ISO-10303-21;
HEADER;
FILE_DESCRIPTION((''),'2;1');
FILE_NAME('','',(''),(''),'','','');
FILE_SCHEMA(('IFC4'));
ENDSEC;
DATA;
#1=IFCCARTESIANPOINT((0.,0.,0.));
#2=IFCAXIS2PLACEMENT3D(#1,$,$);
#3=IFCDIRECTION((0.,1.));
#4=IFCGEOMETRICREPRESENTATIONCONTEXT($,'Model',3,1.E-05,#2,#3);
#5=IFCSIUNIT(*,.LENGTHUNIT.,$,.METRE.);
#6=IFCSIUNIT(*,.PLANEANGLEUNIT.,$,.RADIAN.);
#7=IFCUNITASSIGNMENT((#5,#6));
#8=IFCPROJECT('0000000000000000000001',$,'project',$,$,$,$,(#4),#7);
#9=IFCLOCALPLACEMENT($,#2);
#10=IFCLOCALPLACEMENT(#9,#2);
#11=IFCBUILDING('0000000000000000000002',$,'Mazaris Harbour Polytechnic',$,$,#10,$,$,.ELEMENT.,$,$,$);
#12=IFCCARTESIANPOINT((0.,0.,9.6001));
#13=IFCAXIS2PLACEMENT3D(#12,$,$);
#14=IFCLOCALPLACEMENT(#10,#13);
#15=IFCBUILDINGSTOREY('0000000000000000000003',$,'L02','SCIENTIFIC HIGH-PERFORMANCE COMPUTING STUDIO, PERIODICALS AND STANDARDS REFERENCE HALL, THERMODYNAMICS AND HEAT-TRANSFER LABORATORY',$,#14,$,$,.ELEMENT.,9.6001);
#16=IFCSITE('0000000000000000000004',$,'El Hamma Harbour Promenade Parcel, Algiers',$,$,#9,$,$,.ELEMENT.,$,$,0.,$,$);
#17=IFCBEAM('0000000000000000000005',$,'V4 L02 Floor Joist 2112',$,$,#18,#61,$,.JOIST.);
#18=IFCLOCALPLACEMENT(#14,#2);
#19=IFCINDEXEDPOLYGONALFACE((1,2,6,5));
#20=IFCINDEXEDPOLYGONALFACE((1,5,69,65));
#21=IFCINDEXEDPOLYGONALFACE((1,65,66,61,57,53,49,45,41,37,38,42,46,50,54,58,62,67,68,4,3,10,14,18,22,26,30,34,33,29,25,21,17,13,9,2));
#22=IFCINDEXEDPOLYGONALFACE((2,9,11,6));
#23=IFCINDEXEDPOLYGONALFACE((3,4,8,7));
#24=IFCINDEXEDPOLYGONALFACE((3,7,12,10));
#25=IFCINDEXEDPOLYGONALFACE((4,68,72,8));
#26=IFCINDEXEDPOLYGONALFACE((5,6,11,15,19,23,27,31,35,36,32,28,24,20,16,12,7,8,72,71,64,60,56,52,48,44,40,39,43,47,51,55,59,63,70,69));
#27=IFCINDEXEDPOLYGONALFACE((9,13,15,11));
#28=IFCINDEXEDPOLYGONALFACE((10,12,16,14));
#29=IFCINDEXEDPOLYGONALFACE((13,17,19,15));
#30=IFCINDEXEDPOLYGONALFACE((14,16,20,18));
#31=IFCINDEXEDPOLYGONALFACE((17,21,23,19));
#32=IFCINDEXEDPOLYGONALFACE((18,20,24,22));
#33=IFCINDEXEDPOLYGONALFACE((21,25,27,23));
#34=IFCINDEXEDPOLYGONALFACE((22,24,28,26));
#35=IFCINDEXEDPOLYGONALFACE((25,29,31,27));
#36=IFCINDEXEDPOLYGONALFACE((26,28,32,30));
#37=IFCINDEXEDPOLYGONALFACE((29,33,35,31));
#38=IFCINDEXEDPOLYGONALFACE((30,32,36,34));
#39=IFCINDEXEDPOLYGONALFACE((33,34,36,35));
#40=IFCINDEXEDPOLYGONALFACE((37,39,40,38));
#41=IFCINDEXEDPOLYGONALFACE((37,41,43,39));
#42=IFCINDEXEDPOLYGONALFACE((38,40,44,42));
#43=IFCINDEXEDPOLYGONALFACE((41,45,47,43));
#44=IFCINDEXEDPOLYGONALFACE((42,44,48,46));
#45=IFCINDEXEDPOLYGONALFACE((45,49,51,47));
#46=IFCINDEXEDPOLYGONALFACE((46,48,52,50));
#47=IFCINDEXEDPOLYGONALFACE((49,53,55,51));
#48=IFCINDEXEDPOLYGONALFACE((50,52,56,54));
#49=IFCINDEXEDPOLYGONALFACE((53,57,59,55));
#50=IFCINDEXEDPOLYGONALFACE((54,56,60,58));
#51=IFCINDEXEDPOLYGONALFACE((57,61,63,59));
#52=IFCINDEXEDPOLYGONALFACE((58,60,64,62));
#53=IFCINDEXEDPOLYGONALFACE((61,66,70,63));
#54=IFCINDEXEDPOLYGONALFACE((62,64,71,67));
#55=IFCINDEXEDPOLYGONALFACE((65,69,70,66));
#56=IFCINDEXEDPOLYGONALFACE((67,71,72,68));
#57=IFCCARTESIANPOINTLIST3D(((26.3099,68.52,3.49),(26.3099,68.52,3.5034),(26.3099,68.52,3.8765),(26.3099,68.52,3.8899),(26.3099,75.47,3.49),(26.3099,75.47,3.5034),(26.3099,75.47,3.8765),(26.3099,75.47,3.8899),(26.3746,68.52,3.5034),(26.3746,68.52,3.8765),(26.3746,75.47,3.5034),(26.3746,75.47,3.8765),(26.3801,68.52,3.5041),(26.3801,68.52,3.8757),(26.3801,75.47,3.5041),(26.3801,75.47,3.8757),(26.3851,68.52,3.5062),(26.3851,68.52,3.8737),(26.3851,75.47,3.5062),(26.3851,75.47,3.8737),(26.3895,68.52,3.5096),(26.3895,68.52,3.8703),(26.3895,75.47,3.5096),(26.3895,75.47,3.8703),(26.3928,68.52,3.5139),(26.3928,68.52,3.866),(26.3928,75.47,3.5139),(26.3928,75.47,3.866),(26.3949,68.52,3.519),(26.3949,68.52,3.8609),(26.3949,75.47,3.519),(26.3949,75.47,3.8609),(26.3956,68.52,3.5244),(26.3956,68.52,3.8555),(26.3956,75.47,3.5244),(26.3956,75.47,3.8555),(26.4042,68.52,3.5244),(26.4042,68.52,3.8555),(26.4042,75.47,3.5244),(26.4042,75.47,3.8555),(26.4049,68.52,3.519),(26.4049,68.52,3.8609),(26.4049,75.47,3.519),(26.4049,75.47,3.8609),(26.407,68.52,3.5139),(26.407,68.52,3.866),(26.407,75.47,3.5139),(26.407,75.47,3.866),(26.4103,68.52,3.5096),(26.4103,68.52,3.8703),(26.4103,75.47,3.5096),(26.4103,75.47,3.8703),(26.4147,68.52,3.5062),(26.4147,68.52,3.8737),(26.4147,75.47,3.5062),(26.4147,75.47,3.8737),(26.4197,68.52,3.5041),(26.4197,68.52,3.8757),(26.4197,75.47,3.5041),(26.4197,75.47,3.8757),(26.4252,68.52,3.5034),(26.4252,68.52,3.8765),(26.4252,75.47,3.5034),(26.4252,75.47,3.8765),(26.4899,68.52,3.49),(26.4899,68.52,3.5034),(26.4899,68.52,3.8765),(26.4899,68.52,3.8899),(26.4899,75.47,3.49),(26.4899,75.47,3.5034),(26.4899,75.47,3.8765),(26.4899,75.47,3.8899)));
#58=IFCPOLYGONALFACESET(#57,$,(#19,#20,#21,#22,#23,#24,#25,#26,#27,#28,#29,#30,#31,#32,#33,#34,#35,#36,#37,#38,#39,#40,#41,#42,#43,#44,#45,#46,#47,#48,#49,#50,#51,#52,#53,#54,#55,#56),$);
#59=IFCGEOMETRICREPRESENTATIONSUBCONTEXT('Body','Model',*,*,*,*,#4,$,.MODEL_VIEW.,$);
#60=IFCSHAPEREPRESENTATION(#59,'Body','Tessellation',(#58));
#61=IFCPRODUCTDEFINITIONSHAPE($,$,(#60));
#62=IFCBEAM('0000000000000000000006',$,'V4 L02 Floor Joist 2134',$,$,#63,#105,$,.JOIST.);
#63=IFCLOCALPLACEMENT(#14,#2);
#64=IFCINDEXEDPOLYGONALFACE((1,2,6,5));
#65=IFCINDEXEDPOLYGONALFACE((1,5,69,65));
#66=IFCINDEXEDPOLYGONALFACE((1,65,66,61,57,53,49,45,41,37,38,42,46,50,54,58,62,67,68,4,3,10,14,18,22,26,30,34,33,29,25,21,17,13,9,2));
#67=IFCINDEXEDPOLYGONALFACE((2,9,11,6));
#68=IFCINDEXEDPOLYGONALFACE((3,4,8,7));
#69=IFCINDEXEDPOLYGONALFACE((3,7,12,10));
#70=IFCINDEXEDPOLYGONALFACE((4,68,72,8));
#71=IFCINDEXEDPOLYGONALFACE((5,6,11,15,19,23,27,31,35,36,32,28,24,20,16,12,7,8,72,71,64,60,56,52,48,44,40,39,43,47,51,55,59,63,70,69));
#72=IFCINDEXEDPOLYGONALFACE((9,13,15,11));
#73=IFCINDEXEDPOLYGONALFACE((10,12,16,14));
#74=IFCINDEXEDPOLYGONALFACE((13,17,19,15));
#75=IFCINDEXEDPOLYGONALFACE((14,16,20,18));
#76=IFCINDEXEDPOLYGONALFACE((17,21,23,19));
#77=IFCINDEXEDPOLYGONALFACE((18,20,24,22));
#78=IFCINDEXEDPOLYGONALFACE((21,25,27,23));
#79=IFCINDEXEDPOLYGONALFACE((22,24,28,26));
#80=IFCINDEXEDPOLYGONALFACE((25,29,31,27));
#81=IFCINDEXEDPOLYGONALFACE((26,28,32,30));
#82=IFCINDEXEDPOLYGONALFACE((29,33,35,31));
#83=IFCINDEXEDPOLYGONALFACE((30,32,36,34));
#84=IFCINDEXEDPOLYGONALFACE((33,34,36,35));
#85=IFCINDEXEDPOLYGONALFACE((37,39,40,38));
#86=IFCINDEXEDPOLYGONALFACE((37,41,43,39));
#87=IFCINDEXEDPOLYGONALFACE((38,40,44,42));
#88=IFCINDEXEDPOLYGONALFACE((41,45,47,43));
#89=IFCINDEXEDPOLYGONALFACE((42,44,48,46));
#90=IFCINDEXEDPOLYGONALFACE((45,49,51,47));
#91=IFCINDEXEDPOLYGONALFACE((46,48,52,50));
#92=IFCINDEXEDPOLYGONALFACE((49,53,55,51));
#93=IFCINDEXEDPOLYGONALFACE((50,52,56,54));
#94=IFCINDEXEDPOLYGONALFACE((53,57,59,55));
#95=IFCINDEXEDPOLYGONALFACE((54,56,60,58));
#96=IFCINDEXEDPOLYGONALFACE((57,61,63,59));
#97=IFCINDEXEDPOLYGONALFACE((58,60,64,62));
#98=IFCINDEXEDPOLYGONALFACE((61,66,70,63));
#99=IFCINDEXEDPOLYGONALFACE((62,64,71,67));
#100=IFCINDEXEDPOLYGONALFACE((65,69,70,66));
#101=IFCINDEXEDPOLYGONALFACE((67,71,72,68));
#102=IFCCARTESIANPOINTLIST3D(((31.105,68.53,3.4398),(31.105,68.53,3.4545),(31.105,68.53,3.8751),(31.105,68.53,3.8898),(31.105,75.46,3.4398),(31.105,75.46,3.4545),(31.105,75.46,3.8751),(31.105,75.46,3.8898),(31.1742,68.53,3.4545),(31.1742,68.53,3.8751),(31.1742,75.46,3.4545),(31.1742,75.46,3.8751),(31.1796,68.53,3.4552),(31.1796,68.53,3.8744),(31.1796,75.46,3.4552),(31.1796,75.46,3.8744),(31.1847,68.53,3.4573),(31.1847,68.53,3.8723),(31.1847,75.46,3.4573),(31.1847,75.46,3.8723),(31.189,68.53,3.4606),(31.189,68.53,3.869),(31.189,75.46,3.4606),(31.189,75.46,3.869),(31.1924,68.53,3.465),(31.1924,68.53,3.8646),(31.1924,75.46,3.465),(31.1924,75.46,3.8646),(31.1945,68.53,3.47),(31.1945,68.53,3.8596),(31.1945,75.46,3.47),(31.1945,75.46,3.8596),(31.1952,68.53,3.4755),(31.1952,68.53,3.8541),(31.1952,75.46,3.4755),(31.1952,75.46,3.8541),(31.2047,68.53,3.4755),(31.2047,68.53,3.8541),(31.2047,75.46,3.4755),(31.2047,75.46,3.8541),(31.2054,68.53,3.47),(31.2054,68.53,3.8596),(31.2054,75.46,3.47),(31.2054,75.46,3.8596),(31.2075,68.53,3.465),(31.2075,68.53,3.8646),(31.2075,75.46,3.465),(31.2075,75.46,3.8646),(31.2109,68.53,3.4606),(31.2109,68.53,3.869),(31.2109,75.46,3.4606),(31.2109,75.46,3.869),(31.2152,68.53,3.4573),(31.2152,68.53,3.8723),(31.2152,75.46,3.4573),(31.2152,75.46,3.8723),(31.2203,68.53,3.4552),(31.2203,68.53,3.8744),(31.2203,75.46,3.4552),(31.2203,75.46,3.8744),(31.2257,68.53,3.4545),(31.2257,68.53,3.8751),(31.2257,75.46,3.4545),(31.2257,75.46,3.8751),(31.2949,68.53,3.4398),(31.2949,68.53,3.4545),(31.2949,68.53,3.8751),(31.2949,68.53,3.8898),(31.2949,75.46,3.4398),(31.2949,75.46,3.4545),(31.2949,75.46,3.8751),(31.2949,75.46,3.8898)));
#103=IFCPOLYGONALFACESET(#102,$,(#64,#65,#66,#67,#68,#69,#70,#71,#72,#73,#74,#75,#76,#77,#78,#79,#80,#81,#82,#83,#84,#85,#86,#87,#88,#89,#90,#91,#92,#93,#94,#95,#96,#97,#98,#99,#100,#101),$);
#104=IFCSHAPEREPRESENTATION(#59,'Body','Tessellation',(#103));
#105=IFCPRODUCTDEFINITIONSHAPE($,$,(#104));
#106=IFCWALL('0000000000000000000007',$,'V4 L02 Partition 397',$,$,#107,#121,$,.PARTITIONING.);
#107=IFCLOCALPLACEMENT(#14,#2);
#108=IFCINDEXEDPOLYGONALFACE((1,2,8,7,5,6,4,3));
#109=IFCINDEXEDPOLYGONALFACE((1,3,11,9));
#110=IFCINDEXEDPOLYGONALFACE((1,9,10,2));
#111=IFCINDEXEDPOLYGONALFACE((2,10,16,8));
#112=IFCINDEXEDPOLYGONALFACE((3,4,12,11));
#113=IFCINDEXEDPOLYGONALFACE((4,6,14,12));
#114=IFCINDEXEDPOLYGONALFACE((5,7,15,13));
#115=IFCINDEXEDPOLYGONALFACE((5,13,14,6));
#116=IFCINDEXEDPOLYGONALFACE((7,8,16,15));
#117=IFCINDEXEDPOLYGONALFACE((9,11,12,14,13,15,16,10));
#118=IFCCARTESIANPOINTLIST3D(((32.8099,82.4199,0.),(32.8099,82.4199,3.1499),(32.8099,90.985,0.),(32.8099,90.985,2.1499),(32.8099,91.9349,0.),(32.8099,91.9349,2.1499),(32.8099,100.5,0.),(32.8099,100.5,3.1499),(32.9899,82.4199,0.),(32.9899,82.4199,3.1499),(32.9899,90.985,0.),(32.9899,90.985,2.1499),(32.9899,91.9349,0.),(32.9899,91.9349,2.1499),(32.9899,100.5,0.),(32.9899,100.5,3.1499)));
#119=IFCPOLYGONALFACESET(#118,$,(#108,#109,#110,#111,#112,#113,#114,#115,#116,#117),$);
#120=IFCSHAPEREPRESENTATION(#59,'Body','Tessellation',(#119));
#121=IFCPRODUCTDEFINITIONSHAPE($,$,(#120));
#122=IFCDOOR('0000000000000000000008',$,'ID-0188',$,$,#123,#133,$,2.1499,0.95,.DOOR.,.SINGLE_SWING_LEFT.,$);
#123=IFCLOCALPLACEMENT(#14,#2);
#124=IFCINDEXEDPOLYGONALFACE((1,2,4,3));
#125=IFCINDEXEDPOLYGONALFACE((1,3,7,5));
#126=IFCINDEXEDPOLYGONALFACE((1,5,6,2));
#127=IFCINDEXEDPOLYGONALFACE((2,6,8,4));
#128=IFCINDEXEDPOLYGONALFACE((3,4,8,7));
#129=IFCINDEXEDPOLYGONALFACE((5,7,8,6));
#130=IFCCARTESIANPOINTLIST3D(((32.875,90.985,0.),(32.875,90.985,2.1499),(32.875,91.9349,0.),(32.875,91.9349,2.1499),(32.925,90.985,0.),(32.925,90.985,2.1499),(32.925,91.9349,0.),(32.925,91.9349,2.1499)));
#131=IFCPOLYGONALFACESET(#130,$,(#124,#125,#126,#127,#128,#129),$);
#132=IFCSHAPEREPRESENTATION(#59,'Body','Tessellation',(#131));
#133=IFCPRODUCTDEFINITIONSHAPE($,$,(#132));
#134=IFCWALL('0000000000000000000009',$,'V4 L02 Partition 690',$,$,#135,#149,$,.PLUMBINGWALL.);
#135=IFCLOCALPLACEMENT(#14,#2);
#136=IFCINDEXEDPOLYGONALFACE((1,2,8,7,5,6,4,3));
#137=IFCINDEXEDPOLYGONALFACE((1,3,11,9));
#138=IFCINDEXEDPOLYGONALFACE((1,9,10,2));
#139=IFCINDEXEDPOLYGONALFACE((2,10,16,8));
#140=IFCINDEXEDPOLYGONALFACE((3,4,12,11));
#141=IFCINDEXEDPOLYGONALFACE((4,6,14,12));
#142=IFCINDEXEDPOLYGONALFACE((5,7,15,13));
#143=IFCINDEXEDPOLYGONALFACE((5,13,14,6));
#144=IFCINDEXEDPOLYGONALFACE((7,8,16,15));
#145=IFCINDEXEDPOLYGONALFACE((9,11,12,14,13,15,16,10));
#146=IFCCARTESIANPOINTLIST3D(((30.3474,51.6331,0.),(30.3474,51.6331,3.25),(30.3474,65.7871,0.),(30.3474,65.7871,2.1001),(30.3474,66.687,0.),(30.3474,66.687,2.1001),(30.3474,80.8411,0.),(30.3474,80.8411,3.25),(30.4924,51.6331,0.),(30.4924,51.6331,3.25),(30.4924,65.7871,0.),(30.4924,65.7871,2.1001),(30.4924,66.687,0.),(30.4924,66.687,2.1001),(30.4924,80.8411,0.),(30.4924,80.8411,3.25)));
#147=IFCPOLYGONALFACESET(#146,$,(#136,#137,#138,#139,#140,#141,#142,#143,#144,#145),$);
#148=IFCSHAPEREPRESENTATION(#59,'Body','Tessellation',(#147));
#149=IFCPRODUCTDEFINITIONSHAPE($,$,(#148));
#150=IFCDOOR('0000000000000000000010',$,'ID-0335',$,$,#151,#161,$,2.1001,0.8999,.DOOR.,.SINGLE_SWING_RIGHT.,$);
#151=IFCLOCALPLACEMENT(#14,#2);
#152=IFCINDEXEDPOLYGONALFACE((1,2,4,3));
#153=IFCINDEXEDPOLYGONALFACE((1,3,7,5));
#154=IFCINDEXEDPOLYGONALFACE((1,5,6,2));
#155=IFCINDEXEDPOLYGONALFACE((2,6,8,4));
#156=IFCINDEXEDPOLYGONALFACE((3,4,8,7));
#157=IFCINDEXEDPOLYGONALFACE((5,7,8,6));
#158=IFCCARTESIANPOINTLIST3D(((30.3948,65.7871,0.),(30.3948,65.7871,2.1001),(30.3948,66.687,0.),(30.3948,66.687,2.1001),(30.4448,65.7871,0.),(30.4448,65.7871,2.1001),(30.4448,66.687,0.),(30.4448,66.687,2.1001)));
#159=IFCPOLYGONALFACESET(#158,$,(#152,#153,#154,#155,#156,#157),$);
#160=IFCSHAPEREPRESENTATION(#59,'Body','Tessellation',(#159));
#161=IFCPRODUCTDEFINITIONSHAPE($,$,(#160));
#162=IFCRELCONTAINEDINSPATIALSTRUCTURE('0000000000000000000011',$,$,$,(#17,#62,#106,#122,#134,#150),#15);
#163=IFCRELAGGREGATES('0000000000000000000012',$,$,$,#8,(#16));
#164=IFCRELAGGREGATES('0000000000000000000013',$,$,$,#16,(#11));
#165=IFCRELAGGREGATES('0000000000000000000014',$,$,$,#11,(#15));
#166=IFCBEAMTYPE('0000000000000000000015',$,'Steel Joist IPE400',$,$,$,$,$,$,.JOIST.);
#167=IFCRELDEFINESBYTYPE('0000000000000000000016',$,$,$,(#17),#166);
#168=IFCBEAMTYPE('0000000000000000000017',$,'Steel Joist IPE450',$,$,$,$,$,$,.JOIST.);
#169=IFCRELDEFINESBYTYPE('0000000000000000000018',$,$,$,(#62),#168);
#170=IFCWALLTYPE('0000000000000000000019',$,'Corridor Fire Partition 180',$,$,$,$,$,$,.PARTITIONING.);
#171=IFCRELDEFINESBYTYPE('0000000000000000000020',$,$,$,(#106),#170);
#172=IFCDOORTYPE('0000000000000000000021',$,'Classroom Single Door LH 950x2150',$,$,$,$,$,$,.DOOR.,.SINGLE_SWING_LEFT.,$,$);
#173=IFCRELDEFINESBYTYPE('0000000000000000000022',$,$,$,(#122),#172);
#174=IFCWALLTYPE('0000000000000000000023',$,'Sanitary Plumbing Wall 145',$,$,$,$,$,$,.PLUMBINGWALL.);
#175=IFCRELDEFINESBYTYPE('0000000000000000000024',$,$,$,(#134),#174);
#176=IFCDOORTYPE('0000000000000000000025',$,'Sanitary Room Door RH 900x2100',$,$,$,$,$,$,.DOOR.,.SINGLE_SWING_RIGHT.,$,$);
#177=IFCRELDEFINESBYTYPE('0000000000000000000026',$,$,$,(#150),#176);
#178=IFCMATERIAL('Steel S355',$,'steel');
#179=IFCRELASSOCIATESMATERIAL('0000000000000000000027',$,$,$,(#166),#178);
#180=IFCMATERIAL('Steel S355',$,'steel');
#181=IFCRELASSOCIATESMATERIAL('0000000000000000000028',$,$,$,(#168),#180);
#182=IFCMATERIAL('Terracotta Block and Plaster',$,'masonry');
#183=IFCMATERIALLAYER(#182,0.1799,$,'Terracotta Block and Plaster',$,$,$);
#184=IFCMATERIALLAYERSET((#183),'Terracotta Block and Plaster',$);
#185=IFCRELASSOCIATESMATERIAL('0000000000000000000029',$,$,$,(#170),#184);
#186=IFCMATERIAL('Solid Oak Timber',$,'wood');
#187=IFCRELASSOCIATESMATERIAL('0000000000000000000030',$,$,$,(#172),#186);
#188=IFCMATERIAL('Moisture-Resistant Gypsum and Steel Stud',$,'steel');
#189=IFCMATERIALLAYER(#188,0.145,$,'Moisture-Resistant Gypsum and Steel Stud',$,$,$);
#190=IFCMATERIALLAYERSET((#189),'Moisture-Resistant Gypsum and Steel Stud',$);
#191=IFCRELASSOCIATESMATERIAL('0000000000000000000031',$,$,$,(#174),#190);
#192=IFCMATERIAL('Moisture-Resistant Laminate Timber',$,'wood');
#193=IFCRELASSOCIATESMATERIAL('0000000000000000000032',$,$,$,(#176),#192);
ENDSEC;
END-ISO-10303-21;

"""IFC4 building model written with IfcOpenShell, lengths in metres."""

from ifc_helpers import new_model, si_unit, direction, frame, frame_2d, origin, origin_2d, place, context, subcontext, project, spatial, rectangle, i_section, extrude, material, layer, layer_set, material_profile, profile_set, type_object, element, fill, save


model = new_model("IFC4")

# Units and contexts
model_context = context("Model", 3, precision=1e-05, world=origin(), true_north=direction((0.0, 1.0)))
body_context = subcontext(model_context, "Body", "Model", "MODEL_VIEW")
ifc_project = project(units=[si_unit("LENGTHUNIT", "METRE"), si_unit("PLANEANGLEUNIT", "RADIAN")], contexts=[model_context])

# Site, building, storey
site_placement = place(None, origin())
site = spatial("IfcSite", under=ifc_project, at=site_placement, Name="El Hamma Harbour Promenade Parcel, Algiers", CompositionType="ELEMENT", RefElevation=0.0)
building_placement = place(site_placement, origin())
building = spatial("IfcBuilding", under=site, at=building_placement, Name="Mazaris Harbour Polytechnic", CompositionType="ELEMENT")
storey_placement = place(building_placement, frame((0.0, 0.0, 9.6001)))
storey = spatial("IfcBuildingStorey", under=building, at=storey_placement, Name="L02", Description="SCIENTIFIC HIGH-PERFORMANCE COMPUTING STUDIO, PERIODICALS AND STANDARDS REFERENCE HALL, THERMODYNAMICS AND HEAT-TRANSFER LABORATORY", CompositionType="ELEMENT", Elevation=9.6001)

# Beams
ifc_material_1 = material(Name="Steel S355", Category="steel")
ifc_material_profile_1 = material_profile(ifc_material_1, i_section(OverallWidth=0.1799, OverallDepth=0.3999, WebThickness=0.0085, FlangeThickness=0.0134, FilletRadius=0.021, at=origin_2d()), Name="IPE 400")
ifc_profile_set_1 = profile_set([ifc_material_profile_1], Name="Steel S355")
beam_type_1 = type_object("IfcBeamType", Name="Steel Joist IPE400", PredefinedType="JOIST", material=ifc_profile_set_1)
beam_1_placement = place(storey_placement, frame((26.3999, 68.52, 3.6899), z_axis=(0.0, 1.0, 0.0), x_axis=(-1.0, 0.0, 0.0)))
element("IfcBeam", 1, at=beam_1_placement, inside=storey, type_object=beam_type_1, Name="V4 L02 Floor Joist 2112", PredefinedType="JOIST", context=body_context, shape_type="SweptSolid", body=[
    extrude(i_section(OverallWidth=0.1799, OverallDepth=0.3999, WebThickness=0.0085, FlangeThickness=0.0134, FilletRadius=0.021, at=origin_2d()), origin(), (0.0, 0.0, 1.0), 6.95),
])
ifc_material_2 = material(Name="Steel S355", Category="steel")
ifc_material_profile_2 = material_profile(ifc_material_2, i_section(OverallWidth=0.1899, OverallDepth=0.45, WebThickness=0.0095, FlangeThickness=0.0146, FilletRadius=0.021, at=origin_2d()), Name="IPE 450")
ifc_profile_set_2 = profile_set([ifc_material_profile_2], Name="Steel S355")
beam_type_2 = type_object("IfcBeamType", Name="Steel Joist IPE450", PredefinedType="JOIST", material=ifc_profile_set_2)
beam_2_placement = place(storey_placement, frame((31.2, 68.53, 3.6648), z_axis=(0.0, 1.0, 0.0), x_axis=(-1.0, 0.0, 0.0)))
element("IfcBeam", 2, at=beam_2_placement, inside=storey, type_object=beam_type_2, Name="V4 L02 Floor Joist 2134", PredefinedType="JOIST", context=body_context, shape_type="SweptSolid", body=[
    extrude(i_section(OverallWidth=0.1899, OverallDepth=0.45, WebThickness=0.0095, FlangeThickness=0.0146, FilletRadius=0.021, at=origin_2d()), origin(), (0.0, 0.0, 1.0), 6.9299),
])

# Walls, openings, doors
ifc_material_3 = material(Name="Terracotta Block and Plaster", Category="masonry")
ifc_layer_1 = layer(ifc_material_3, 0.1799, Name="Terracotta Block and Plaster")
ifc_layer_set_1 = layer_set([ifc_layer_1], Name="Terracotta Block and Plaster")
wall_type_1 = type_object("IfcWallType", Name="Corridor Fire Partition 180", PredefinedType="PARTITIONING", material=ifc_layer_set_1)
wall_1_placement = place(storey_placement, frame((32.8999, 82.4199, 0.0), z_axis=(0.0, 0.0, 1.0), x_axis=(0.0, 1.0, 0.0)))
wall_1 = element("IfcWall", 3, at=wall_1_placement, inside=storey, type_object=wall_type_1, Name="V4 L02 Partition 397", PredefinedType="PARTITIONING", context=body_context, shape_type="SweptSolid", body=[
    extrude(rectangle(XDim=18.0801, YDim=0.1799, at=frame_2d((9.04, 0.0))), origin(), (0.0, 0.0, 1.0), 3.1499),
])
opening_1_placement = place(wall_1_placement, frame((8.5649, 0.0, 0.0)))
opening_1 = element("IfcOpeningElement", 4, at=opening_1_placement, cuts=wall_1, PredefinedType="OPENING", context=body_context, shape_type="SweptSolid", body=[
    extrude(rectangle(XDim=0.95, YDim=2.1499, at=frame_2d((0.4751, 1.075))), frame((0.0, 0.0999, 0.0), z_axis=(0.0, -1.0, 0.0), x_axis=(1.0, 0.0, 0.0)), (0.0, 0.0, 1.0), 0.2),
])
ifc_material_4 = material(Name="Solid Oak Timber", Category="wood")
door_type_1 = type_object("IfcDoorType", Name="Classroom Single Door LH 950x2150", OperationType="SINGLE_SWING_LEFT", PredefinedType="DOOR", material=ifc_material_4)
door_1_placement = place(opening_1_placement, origin())
door_1 = element("IfcDoor", 5, at=door_1_placement, inside=storey, type_object=door_type_1, Name="ID-0188", OperationType="SINGLE_SWING_LEFT", OverallHeight=2.1499, OverallWidth=0.95, PredefinedType="DOOR", context=body_context, shape_type="SweptSolid", body=[
    extrude(rectangle(XDim=0.95, YDim=2.1499, at=frame_2d((0.4751, 1.075))), frame((0.0, 0.0249, 0.0), z_axis=(0.0, -1.0, 0.0), x_axis=(1.0, 0.0, 0.0)), (0.0, 0.0, 1.0), 0.05),
])
fill(opening_1, door_1)
ifc_material_5 = material(Name="Moisture-Resistant Gypsum and Steel Stud", Category="steel")
ifc_layer_2 = layer(ifc_material_5, 0.145, Name="Moisture-Resistant Gypsum and Steel Stud")
ifc_layer_set_2 = layer_set([ifc_layer_2], Name="Moisture-Resistant Gypsum and Steel Stud")
wall_type_2 = type_object("IfcWallType", Name="Sanitary Plumbing Wall 145", PredefinedType="PLUMBINGWALL", material=ifc_layer_set_2)
wall_2_placement = place(storey_placement, frame((30.4199, 80.8411, 0.0), z_axis=(0.0, 0.0, 1.0), x_axis=(0.0, -1.0, 0.0)))
wall_2 = element("IfcWall", 6, at=wall_2_placement, inside=storey, type_object=wall_type_2, Name="V4 L02 Partition 690", PredefinedType="PLUMBINGWALL", context=body_context, shape_type="SweptSolid", body=[
    extrude(rectangle(XDim=29.208, YDim=0.145, at=frame_2d((14.604, 0.0))), origin(), (0.0, 0.0, 1.0), 3.25),
])
opening_2_placement = place(wall_2_placement, frame((14.1541, 0.0, 0.0)))
opening_2 = element("IfcOpeningElement", 7, at=opening_2_placement, cuts=wall_2, PredefinedType="OPENING", context=body_context, shape_type="SweptSolid", body=[
    extrude(rectangle(XDim=0.8999, YDim=2.1001, at=frame_2d((0.45, 1.05))), frame((0.0, 0.0825, 0.0), z_axis=(0.0, -1.0, 0.0), x_axis=(1.0, 0.0, 0.0)), (0.0, 0.0, 1.0), 0.165),
])
ifc_material_6 = material(Name="Moisture-Resistant Laminate Timber", Category="wood")
door_type_2 = type_object("IfcDoorType", Name="Sanitary Room Door RH 900x2100", OperationType="SINGLE_SWING_RIGHT", PredefinedType="DOOR", material=ifc_material_6)
door_2_placement = place(opening_2_placement, origin())
door_2 = element("IfcDoor", 8, at=door_2_placement, inside=storey, type_object=door_type_2, Name="ID-0335", OperationType="SINGLE_SWING_RIGHT", OverallHeight=2.1001, OverallWidth=0.8999, PredefinedType="DOOR", context=body_context, shape_type="SweptSolid", body=[
    extrude(rectangle(XDim=0.8999, YDim=2.1001, at=frame_2d((0.45, 1.05))), frame((0.0, 0.0249, 0.0), z_axis=(0.0, -1.0, 0.0), x_axis=(1.0, 0.0, 0.0)), (0.0, 0.0, 1.0), 0.05),
])
fill(opening_2, door_2)

save(model, "model.ifc")
